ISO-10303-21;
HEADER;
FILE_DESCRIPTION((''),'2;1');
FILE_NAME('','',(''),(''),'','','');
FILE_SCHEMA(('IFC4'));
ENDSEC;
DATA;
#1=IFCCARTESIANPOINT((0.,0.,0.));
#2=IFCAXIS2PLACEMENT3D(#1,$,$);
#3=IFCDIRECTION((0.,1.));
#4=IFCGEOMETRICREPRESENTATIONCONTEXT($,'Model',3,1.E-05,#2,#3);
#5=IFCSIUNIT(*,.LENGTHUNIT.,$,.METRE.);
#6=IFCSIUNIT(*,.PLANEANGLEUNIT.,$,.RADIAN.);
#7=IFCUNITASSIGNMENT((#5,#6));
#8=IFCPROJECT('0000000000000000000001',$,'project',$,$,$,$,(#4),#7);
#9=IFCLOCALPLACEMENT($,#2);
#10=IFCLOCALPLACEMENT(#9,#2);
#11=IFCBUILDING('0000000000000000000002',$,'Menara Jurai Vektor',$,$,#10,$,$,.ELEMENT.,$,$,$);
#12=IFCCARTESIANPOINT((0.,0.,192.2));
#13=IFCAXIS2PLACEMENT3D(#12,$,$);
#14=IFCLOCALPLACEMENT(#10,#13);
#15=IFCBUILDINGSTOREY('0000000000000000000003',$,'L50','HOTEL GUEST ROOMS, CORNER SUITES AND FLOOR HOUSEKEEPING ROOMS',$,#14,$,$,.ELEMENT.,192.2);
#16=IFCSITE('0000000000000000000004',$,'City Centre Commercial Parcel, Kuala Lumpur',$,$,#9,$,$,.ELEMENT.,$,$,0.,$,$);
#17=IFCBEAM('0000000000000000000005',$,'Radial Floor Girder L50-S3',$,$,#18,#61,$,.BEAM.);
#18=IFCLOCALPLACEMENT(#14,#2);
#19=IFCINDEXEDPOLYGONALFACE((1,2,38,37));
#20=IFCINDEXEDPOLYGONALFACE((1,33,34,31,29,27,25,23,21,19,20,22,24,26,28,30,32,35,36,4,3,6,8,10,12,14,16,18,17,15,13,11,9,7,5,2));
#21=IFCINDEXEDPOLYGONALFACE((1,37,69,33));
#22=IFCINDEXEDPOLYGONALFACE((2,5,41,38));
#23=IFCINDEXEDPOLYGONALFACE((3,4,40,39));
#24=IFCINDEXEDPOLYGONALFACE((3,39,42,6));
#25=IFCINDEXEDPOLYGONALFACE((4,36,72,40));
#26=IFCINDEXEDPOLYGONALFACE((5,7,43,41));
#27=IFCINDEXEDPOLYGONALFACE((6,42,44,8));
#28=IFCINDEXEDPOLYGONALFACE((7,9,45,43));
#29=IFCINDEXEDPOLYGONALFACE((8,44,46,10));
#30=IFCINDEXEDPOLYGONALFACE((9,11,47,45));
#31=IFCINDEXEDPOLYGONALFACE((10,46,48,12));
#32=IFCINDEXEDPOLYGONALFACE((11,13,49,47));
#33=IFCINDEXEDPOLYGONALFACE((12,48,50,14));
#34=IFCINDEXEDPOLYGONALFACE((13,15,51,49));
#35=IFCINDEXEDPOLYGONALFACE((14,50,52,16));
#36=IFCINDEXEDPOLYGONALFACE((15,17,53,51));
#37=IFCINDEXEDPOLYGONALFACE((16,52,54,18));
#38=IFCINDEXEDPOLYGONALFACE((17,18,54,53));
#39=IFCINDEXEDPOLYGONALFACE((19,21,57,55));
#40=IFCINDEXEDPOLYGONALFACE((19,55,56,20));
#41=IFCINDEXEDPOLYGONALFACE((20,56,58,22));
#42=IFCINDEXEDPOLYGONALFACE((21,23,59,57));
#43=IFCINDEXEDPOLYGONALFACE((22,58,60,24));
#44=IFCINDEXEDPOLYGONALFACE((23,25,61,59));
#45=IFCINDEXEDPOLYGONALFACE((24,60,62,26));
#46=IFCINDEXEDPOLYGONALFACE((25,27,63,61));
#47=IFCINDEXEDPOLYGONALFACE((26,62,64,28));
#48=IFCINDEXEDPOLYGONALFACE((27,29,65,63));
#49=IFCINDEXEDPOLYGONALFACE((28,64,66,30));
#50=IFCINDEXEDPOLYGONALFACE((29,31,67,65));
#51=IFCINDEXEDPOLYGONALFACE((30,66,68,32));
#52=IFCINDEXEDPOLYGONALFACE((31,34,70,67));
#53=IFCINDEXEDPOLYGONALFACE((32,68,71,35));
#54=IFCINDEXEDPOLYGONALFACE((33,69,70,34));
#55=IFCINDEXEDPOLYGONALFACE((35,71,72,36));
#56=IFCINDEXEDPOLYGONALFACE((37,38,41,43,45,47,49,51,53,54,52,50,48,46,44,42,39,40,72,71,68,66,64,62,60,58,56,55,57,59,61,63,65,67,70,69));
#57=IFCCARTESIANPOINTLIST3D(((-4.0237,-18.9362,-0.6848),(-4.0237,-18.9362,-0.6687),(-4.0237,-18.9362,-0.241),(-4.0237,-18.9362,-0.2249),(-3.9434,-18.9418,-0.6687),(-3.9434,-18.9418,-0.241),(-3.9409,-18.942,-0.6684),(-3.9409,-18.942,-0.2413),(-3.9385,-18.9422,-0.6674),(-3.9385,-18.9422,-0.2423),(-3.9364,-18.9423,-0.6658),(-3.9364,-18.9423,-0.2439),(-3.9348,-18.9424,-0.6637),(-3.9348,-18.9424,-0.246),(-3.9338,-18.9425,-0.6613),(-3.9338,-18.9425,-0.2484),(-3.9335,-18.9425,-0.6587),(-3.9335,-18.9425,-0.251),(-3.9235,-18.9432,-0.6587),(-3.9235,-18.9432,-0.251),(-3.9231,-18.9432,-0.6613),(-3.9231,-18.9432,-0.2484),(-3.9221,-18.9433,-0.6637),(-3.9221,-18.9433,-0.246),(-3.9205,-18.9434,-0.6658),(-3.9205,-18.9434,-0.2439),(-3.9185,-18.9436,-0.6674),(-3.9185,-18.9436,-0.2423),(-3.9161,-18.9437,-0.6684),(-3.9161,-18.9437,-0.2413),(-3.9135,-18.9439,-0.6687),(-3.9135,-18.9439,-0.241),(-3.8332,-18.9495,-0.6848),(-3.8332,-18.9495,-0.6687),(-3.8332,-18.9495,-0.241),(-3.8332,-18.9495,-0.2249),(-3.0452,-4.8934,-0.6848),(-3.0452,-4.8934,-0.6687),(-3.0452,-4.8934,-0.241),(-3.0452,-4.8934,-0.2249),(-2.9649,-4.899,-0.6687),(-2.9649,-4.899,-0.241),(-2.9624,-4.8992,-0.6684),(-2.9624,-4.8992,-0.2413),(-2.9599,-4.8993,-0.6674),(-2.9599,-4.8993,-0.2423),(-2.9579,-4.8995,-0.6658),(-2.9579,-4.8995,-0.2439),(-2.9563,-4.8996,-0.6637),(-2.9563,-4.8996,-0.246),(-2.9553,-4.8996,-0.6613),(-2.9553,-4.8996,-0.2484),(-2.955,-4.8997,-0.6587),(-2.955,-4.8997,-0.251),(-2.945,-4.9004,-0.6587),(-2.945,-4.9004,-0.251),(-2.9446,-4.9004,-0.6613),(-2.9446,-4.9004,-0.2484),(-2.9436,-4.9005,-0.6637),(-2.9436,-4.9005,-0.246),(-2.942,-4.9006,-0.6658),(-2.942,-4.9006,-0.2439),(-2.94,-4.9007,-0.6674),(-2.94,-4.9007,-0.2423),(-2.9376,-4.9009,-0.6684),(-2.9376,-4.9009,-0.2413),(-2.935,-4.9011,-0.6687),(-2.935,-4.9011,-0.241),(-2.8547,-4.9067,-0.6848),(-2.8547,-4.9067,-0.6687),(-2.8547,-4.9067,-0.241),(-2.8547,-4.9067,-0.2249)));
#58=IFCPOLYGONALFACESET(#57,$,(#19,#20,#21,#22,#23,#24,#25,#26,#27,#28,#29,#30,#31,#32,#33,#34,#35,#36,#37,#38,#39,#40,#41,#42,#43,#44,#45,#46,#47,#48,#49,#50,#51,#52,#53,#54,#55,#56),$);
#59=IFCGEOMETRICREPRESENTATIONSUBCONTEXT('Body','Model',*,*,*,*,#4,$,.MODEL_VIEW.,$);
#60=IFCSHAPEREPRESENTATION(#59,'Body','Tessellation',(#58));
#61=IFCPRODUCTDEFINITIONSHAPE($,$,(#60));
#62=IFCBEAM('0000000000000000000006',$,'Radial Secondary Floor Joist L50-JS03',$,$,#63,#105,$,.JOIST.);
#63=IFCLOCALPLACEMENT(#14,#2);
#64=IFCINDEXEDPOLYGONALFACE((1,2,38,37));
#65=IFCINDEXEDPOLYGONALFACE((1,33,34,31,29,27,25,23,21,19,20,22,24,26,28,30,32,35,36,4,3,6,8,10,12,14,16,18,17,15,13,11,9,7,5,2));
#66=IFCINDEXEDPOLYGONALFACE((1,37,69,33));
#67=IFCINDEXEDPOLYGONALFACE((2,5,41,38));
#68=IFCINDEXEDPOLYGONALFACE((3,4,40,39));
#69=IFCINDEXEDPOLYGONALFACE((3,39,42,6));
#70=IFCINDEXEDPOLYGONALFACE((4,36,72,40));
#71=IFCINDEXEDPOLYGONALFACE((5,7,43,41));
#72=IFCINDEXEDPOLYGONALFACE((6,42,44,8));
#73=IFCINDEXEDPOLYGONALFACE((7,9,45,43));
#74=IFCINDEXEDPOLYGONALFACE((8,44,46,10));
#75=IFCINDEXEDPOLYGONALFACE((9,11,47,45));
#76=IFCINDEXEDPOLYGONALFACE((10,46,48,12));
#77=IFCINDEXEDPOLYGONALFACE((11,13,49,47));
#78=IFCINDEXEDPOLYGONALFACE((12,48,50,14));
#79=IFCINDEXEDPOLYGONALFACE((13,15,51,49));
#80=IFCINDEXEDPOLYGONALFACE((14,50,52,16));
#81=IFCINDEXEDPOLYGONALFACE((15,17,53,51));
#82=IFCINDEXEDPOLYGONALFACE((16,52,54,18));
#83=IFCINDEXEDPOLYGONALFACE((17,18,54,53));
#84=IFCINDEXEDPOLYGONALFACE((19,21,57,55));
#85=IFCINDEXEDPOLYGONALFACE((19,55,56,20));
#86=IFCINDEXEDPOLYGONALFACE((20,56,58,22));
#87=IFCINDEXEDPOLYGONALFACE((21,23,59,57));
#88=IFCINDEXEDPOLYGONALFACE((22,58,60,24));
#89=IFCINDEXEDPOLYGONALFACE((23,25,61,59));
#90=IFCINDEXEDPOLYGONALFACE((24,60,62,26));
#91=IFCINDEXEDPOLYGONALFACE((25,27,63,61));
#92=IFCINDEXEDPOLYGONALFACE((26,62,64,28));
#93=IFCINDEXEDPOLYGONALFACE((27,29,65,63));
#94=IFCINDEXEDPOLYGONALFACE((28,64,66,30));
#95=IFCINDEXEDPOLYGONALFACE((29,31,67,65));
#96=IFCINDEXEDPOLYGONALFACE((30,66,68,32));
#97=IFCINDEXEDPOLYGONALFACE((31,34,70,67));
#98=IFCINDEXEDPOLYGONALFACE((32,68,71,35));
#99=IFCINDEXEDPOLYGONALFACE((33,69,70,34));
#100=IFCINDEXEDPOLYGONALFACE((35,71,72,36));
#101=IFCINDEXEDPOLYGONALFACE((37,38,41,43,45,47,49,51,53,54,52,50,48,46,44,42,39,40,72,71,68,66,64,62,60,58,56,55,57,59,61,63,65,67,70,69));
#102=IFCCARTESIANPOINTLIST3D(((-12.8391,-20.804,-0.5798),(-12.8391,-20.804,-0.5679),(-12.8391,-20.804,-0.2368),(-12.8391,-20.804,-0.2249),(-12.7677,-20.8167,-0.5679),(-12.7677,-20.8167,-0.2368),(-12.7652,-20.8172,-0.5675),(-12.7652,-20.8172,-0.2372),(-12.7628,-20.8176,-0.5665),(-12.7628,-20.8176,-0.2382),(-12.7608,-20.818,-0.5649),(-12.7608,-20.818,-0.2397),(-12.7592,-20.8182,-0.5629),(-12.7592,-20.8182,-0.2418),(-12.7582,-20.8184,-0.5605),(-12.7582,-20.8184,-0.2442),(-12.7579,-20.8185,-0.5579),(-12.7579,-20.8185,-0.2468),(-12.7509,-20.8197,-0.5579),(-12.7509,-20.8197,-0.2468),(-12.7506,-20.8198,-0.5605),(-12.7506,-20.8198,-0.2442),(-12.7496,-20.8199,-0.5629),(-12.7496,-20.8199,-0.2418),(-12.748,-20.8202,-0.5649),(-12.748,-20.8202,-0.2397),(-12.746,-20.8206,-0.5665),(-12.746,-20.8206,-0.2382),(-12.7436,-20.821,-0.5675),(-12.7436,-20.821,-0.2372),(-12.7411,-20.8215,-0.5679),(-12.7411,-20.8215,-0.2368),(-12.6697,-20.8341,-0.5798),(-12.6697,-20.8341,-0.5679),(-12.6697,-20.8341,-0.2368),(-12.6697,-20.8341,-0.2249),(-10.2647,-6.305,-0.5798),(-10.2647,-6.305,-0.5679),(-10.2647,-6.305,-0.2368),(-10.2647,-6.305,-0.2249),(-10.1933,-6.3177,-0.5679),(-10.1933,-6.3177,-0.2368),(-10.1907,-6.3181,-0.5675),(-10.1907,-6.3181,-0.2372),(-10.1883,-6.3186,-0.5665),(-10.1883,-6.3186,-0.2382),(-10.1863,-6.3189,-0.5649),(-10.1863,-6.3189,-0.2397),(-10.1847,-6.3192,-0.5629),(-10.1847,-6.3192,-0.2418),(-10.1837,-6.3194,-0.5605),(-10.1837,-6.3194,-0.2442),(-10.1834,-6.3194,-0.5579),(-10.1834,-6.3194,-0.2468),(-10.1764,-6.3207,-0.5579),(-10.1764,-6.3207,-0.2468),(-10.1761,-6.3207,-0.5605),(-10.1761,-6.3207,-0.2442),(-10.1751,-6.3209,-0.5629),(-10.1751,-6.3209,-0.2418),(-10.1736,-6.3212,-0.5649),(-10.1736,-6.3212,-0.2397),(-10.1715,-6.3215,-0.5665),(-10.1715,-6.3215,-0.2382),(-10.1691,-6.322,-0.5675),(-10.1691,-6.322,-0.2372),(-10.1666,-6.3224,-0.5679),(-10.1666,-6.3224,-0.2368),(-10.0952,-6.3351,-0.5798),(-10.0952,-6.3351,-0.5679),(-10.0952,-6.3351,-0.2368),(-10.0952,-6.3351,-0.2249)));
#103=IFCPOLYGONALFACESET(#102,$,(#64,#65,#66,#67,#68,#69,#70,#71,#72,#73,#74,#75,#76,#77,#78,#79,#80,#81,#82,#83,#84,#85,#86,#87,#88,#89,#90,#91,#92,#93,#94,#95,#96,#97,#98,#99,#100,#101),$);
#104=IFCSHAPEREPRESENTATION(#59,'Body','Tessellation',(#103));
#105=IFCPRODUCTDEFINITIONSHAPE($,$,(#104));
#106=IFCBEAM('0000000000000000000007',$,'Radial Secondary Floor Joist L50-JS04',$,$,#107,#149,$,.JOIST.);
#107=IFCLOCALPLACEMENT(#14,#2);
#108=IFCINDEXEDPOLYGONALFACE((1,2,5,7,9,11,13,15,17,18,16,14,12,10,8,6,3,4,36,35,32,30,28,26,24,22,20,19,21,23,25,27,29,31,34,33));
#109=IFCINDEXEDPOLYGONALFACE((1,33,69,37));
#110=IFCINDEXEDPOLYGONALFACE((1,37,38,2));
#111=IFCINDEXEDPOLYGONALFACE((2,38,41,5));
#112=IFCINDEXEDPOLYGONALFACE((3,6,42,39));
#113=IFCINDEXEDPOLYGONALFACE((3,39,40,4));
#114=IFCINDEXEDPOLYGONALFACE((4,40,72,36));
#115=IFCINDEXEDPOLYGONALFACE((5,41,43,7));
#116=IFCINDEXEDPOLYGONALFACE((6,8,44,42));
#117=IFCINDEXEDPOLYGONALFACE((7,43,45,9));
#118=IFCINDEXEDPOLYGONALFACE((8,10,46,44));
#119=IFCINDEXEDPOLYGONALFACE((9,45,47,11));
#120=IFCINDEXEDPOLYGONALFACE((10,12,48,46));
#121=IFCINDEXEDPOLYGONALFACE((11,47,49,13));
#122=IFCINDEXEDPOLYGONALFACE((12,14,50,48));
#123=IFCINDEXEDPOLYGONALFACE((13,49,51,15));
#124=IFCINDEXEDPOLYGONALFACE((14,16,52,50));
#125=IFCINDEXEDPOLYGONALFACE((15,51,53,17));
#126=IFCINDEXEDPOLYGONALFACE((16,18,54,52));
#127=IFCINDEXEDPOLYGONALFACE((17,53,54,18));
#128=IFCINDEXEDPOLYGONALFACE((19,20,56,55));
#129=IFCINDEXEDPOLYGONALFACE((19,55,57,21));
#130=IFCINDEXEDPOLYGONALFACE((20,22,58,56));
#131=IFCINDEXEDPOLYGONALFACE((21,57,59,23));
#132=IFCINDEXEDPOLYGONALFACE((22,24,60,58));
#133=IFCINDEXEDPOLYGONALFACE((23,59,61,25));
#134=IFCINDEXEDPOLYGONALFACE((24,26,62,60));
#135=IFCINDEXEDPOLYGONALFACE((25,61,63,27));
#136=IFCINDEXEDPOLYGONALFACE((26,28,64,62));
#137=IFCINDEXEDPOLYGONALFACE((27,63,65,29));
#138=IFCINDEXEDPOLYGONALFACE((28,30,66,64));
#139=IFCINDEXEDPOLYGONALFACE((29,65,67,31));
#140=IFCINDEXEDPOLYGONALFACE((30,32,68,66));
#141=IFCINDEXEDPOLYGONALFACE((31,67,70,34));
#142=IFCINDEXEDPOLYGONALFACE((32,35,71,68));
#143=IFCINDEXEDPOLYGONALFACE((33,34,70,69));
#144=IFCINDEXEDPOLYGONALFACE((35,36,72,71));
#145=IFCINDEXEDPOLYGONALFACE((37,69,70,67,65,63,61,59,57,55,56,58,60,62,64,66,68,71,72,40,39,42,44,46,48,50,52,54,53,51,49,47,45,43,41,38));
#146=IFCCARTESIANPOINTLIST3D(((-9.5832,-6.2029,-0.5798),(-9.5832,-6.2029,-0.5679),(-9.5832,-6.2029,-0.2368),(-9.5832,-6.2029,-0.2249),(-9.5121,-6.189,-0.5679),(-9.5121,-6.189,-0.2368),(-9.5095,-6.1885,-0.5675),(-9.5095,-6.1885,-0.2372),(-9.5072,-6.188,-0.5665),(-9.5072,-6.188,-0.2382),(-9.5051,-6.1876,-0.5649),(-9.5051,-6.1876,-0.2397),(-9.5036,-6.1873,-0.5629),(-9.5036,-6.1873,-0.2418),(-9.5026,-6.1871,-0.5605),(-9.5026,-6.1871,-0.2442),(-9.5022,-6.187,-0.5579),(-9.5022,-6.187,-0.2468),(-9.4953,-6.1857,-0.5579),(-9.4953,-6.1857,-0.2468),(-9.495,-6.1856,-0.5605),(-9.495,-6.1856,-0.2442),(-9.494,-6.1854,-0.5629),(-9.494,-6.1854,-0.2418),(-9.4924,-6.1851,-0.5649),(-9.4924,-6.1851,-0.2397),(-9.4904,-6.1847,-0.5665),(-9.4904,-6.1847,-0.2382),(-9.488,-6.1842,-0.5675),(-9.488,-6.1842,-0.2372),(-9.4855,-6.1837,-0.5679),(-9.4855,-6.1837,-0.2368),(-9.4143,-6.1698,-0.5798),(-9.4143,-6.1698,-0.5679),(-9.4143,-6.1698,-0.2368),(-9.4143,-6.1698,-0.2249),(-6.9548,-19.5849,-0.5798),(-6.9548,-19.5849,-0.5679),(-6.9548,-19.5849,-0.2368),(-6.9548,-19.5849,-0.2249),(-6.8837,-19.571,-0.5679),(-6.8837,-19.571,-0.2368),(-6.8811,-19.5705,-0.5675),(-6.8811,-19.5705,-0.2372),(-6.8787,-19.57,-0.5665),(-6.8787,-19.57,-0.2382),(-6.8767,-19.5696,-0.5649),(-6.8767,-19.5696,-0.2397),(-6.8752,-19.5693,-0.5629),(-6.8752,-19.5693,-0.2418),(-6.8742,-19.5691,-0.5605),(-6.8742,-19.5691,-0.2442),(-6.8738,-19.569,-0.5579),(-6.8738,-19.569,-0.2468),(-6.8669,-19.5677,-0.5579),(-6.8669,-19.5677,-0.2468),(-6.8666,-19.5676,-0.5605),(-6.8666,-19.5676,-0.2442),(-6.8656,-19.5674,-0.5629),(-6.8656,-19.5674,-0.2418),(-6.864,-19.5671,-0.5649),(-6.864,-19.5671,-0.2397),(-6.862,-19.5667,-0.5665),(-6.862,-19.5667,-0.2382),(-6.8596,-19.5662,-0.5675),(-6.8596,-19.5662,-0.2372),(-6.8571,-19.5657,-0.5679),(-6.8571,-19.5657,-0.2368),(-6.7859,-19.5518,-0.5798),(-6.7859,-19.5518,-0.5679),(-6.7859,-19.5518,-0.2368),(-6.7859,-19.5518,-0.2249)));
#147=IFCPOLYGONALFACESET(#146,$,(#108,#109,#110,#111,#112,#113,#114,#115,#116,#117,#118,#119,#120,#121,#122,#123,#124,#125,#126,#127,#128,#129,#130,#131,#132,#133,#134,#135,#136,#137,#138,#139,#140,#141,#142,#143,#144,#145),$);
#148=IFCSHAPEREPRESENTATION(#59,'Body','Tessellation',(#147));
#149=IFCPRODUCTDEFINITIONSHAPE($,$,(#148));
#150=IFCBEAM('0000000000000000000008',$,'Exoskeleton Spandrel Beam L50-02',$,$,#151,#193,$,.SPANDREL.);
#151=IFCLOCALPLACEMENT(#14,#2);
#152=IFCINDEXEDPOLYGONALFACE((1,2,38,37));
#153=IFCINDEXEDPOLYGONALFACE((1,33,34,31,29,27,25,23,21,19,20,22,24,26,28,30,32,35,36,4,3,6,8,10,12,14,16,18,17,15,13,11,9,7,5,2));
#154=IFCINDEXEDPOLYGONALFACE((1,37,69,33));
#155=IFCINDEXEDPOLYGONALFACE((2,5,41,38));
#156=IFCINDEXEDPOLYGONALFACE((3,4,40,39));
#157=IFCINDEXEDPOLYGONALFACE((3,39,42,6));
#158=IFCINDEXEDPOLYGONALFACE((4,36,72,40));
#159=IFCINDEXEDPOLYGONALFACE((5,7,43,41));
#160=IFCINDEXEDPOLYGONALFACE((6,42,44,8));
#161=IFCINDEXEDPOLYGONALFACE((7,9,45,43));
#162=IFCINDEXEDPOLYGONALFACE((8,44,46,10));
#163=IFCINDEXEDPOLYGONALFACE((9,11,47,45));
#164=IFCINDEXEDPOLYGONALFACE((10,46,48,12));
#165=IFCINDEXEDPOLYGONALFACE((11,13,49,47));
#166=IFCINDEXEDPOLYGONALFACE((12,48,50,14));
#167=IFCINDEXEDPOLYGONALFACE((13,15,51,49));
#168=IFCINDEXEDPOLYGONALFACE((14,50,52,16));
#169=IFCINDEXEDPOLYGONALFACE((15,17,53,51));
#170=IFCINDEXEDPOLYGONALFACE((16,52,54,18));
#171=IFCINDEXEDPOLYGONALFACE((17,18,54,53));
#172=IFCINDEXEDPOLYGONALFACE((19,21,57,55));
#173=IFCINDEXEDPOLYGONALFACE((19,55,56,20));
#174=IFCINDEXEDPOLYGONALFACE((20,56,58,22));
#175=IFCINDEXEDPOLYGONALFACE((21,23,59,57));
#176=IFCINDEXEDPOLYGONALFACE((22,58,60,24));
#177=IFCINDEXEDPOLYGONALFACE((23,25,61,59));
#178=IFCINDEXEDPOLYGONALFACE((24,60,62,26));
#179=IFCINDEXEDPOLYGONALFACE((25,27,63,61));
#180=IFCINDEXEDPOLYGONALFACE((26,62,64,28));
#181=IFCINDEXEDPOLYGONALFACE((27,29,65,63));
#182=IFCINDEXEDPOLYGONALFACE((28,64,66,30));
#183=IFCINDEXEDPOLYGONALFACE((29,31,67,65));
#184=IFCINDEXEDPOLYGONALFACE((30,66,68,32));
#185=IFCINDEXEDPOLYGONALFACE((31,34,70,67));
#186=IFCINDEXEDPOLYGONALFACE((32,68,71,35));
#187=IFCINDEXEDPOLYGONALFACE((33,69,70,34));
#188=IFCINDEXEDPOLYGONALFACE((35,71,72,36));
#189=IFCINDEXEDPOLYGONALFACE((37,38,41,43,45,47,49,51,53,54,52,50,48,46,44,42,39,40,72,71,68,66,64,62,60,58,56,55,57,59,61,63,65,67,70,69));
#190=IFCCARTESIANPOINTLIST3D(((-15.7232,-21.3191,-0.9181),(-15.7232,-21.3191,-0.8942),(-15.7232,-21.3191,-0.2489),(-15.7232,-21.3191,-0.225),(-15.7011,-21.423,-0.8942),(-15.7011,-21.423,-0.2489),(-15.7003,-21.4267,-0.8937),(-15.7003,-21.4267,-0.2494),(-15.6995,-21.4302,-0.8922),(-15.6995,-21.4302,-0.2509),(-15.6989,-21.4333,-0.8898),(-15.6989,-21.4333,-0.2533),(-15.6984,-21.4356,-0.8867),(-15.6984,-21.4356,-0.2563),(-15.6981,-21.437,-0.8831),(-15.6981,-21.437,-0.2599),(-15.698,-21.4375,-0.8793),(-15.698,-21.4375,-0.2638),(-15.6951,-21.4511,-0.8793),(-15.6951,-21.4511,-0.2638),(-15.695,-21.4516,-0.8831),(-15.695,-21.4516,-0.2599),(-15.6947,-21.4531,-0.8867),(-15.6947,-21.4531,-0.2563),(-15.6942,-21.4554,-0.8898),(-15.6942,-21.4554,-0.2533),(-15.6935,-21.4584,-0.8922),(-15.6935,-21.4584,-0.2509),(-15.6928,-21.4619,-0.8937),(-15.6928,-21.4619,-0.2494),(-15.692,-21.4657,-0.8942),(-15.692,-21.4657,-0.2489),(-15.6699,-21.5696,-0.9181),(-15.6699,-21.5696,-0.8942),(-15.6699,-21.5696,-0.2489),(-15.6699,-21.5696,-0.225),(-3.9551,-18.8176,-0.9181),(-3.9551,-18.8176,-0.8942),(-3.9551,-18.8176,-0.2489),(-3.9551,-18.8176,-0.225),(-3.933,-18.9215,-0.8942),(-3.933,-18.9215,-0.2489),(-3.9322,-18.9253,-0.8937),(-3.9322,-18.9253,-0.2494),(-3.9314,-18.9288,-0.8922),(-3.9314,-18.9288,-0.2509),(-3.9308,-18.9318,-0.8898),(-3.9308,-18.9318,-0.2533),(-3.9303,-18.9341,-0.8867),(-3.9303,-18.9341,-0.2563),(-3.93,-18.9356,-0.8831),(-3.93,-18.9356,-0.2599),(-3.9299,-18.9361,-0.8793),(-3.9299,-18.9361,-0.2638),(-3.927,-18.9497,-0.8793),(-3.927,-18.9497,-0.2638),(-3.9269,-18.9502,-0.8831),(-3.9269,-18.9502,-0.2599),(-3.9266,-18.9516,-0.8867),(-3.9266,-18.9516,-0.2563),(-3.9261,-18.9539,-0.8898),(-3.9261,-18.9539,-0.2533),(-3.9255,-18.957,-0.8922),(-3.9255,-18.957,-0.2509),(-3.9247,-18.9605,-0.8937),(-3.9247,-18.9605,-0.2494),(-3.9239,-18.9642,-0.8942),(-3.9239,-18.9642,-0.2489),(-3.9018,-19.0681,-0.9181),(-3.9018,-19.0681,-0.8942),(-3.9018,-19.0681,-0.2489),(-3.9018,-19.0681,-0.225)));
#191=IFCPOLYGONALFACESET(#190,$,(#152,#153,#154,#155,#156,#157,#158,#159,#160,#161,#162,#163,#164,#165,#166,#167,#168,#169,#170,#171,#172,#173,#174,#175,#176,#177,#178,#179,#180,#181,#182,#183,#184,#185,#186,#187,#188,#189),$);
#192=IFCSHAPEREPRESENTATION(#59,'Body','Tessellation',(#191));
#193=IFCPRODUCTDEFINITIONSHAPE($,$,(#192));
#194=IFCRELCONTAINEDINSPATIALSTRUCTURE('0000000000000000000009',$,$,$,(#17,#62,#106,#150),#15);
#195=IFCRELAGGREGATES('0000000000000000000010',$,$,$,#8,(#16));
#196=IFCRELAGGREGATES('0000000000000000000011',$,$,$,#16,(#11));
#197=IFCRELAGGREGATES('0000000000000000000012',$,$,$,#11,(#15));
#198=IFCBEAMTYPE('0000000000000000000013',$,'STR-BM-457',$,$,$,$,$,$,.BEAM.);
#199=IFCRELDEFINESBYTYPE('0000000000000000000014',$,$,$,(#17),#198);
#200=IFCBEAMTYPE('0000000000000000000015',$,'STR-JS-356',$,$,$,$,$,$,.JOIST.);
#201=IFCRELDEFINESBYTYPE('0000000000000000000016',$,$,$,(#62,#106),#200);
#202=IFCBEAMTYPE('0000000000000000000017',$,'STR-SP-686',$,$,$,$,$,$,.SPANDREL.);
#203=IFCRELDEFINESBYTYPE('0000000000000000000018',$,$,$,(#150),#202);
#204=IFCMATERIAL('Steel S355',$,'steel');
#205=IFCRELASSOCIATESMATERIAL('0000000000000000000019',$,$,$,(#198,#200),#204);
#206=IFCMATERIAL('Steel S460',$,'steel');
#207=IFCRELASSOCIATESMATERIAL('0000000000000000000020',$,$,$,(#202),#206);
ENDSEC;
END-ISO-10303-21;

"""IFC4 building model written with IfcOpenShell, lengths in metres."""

from ifc_helpers import new_model, si_unit, direction, frame, origin, origin_2d, place, context, subcontext, project, spatial, i_section, extrude, material, material_profile, profile_set, type_object, element, save


model = new_model("IFC4")

# Units and contexts
model_context = context("Model", 3, precision=1e-05, world=origin(), true_north=direction((0.0, 1.0)))
body_context = subcontext(model_context, "Body", "Model", "MODEL_VIEW")
ifc_project = project(units=[si_unit("LENGTHUNIT", "METRE"), si_unit("PLANEANGLEUNIT", "RADIAN")], contexts=[model_context])

# Site, building, storey
site_placement = place(None, origin())
site = spatial("IfcSite", under=ifc_project, at=site_placement, Name="City Centre Commercial Parcel, Kuala Lumpur", CompositionType="ELEMENT", RefElevation=0.0)
building_placement = place(site_placement, origin())
building = spatial("IfcBuilding", under=site, at=building_placement, Name="Menara Jurai Vektor", CompositionType="ELEMENT")
storey_placement = place(building_placement, frame((0.0, 0.0, 192.2)))
storey = spatial("IfcBuildingStorey", under=building, at=storey_placement, Name="L50", Description="HOTEL GUEST ROOMS, CORNER SUITES AND FLOOR HOUSEKEEPING ROOMS", CompositionType="ELEMENT", Elevation=192.2)

# Shared definitions
ifc_material_1 = material(Name="Steel S460", Category="steel")

# Beams
ifc_material_2 = material(Name="Steel S355", Category="steel")
ifc_material_profile_1 = material_profile(ifc_material_2, i_section(OverallWidth=0.1909, OverallDepth=0.46, WebThickness=0.01, FlangeThickness=0.0161, FilletRadius=0.01, at=origin_2d()), Name="UKB 457x191x82")
ifc_profile_set_1 = profile_set([ifc_material_profile_1], Name="Steel S355")
beam_type_1 = type_object("IfcBeamType", Name="STR-BM-457", PredefinedType="BEAM", material=ifc_profile_set_1)
beam_1_placement = place(storey_placement, frame((-3.9285, -18.9429, -0.4548), z_axis=(0.069512, 0.997581, 0.0), x_axis=(-0.997581, 0.069512, 0.0)))
element("IfcBeam", 1, at=beam_1_placement, inside=storey, type_object=beam_type_1, Name="Radial Floor Girder L50-S3", PredefinedType="BEAM", context=body_context, shape_type="SweptSolid", body=[
    extrude(i_section(OverallWidth=0.1909, OverallDepth=0.46, WebThickness=0.01, FlangeThickness=0.0161, FilletRadius=0.01, at=origin_2d()), origin(), (0.0, 0.0, 1.0), 14.0769),
])
ifc_material_profile_2 = material_profile(ifc_material_2, i_section(OverallWidth=0.1721, OverallDepth=0.355, WebThickness=0.0071, FlangeThickness=0.012, FilletRadius=0.01, at=origin_2d()), Name="UKB 356x171x51")
ifc_profile_set_2 = profile_set([ifc_material_profile_2], Name="Steel S355")
beam_type_2 = type_object("IfcBeamType", Name="STR-JS-356", PredefinedType="JOIST", material=ifc_profile_set_2)
beam_2_placement = place(storey_placement, frame((-12.7544, -20.8191, -0.4023), z_axis=(0.174827, 0.984599, 0.0), x_axis=(-0.984599, 0.174827, 0.0)))
element("IfcBeam", 2, at=beam_2_placement, inside=storey, type_object=beam_type_2, Name="Radial Secondary Floor Joist L50-JS03", PredefinedType="JOIST", context=body_context, shape_type="SweptSolid", body=[
    extrude(i_section(OverallWidth=0.1721, OverallDepth=0.355, WebThickness=0.0071, FlangeThickness=0.012, FilletRadius=0.01, at=origin_2d()), origin(), (0.0, 0.0, 1.0), 14.7258),
])
beam_3_placement = place(storey_placement, frame((-6.8704, -19.5684, -0.4023), z_axis=(-0.192731, 0.981252, 0.0), x_axis=(-0.981252, -0.192731, 0.0)))
element("IfcBeam", 3, at=beam_3_placement, inside=storey, type_object=beam_type_2, Name="Radial Secondary Floor Joist L50-JS04", PredefinedType="JOIST", context=body_context, shape_type="SweptSolid", body=[
    extrude(i_section(OverallWidth=0.1721, OverallDepth=0.355, WebThickness=0.0071, FlangeThickness=0.012, FilletRadius=0.01, at=origin_2d()), origin(), (0.0, 0.0, 1.0), 13.6377),
])
ifc_material_profile_3 = material_profile(ifc_material_1, i_section(OverallWidth=0.2561, OverallDepth=0.6931, WebThickness=0.0139, FlangeThickness=0.0239, FilletRadius=0.0149, at=origin_2d()), Name="UKB 686x254x170")
ifc_profile_set_3 = profile_set([ifc_material_profile_3], Name="Steel S460")
beam_type_3 = type_object("IfcBeamType", Name="STR-SP-686", PredefinedType="SPANDREL", material=ifc_profile_set_3)
beam_4_placement = place(storey_placement, frame((-15.6965, -21.4443, -0.5715), z_axis=(0.978146, 0.207918, 0.0), x_axis=(-0.207918, 0.978146, 0.0)))
element("IfcBeam", 4, at=beam_4_placement, inside=storey, type_object=beam_type_3, Name="Exoskeleton Spandrel Beam L50-02", PredefinedType="SPANDREL", context=body_context, shape_type="SweptSolid", body=[
    extrude(i_section(OverallWidth=0.2561, OverallDepth=0.6931, WebThickness=0.0139, FlangeThickness=0.0239, FilletRadius=0.0149, at=origin_2d()), origin(), (0.0, 0.0, 1.0), 12.031),
])

save(model, "model.ifc")
